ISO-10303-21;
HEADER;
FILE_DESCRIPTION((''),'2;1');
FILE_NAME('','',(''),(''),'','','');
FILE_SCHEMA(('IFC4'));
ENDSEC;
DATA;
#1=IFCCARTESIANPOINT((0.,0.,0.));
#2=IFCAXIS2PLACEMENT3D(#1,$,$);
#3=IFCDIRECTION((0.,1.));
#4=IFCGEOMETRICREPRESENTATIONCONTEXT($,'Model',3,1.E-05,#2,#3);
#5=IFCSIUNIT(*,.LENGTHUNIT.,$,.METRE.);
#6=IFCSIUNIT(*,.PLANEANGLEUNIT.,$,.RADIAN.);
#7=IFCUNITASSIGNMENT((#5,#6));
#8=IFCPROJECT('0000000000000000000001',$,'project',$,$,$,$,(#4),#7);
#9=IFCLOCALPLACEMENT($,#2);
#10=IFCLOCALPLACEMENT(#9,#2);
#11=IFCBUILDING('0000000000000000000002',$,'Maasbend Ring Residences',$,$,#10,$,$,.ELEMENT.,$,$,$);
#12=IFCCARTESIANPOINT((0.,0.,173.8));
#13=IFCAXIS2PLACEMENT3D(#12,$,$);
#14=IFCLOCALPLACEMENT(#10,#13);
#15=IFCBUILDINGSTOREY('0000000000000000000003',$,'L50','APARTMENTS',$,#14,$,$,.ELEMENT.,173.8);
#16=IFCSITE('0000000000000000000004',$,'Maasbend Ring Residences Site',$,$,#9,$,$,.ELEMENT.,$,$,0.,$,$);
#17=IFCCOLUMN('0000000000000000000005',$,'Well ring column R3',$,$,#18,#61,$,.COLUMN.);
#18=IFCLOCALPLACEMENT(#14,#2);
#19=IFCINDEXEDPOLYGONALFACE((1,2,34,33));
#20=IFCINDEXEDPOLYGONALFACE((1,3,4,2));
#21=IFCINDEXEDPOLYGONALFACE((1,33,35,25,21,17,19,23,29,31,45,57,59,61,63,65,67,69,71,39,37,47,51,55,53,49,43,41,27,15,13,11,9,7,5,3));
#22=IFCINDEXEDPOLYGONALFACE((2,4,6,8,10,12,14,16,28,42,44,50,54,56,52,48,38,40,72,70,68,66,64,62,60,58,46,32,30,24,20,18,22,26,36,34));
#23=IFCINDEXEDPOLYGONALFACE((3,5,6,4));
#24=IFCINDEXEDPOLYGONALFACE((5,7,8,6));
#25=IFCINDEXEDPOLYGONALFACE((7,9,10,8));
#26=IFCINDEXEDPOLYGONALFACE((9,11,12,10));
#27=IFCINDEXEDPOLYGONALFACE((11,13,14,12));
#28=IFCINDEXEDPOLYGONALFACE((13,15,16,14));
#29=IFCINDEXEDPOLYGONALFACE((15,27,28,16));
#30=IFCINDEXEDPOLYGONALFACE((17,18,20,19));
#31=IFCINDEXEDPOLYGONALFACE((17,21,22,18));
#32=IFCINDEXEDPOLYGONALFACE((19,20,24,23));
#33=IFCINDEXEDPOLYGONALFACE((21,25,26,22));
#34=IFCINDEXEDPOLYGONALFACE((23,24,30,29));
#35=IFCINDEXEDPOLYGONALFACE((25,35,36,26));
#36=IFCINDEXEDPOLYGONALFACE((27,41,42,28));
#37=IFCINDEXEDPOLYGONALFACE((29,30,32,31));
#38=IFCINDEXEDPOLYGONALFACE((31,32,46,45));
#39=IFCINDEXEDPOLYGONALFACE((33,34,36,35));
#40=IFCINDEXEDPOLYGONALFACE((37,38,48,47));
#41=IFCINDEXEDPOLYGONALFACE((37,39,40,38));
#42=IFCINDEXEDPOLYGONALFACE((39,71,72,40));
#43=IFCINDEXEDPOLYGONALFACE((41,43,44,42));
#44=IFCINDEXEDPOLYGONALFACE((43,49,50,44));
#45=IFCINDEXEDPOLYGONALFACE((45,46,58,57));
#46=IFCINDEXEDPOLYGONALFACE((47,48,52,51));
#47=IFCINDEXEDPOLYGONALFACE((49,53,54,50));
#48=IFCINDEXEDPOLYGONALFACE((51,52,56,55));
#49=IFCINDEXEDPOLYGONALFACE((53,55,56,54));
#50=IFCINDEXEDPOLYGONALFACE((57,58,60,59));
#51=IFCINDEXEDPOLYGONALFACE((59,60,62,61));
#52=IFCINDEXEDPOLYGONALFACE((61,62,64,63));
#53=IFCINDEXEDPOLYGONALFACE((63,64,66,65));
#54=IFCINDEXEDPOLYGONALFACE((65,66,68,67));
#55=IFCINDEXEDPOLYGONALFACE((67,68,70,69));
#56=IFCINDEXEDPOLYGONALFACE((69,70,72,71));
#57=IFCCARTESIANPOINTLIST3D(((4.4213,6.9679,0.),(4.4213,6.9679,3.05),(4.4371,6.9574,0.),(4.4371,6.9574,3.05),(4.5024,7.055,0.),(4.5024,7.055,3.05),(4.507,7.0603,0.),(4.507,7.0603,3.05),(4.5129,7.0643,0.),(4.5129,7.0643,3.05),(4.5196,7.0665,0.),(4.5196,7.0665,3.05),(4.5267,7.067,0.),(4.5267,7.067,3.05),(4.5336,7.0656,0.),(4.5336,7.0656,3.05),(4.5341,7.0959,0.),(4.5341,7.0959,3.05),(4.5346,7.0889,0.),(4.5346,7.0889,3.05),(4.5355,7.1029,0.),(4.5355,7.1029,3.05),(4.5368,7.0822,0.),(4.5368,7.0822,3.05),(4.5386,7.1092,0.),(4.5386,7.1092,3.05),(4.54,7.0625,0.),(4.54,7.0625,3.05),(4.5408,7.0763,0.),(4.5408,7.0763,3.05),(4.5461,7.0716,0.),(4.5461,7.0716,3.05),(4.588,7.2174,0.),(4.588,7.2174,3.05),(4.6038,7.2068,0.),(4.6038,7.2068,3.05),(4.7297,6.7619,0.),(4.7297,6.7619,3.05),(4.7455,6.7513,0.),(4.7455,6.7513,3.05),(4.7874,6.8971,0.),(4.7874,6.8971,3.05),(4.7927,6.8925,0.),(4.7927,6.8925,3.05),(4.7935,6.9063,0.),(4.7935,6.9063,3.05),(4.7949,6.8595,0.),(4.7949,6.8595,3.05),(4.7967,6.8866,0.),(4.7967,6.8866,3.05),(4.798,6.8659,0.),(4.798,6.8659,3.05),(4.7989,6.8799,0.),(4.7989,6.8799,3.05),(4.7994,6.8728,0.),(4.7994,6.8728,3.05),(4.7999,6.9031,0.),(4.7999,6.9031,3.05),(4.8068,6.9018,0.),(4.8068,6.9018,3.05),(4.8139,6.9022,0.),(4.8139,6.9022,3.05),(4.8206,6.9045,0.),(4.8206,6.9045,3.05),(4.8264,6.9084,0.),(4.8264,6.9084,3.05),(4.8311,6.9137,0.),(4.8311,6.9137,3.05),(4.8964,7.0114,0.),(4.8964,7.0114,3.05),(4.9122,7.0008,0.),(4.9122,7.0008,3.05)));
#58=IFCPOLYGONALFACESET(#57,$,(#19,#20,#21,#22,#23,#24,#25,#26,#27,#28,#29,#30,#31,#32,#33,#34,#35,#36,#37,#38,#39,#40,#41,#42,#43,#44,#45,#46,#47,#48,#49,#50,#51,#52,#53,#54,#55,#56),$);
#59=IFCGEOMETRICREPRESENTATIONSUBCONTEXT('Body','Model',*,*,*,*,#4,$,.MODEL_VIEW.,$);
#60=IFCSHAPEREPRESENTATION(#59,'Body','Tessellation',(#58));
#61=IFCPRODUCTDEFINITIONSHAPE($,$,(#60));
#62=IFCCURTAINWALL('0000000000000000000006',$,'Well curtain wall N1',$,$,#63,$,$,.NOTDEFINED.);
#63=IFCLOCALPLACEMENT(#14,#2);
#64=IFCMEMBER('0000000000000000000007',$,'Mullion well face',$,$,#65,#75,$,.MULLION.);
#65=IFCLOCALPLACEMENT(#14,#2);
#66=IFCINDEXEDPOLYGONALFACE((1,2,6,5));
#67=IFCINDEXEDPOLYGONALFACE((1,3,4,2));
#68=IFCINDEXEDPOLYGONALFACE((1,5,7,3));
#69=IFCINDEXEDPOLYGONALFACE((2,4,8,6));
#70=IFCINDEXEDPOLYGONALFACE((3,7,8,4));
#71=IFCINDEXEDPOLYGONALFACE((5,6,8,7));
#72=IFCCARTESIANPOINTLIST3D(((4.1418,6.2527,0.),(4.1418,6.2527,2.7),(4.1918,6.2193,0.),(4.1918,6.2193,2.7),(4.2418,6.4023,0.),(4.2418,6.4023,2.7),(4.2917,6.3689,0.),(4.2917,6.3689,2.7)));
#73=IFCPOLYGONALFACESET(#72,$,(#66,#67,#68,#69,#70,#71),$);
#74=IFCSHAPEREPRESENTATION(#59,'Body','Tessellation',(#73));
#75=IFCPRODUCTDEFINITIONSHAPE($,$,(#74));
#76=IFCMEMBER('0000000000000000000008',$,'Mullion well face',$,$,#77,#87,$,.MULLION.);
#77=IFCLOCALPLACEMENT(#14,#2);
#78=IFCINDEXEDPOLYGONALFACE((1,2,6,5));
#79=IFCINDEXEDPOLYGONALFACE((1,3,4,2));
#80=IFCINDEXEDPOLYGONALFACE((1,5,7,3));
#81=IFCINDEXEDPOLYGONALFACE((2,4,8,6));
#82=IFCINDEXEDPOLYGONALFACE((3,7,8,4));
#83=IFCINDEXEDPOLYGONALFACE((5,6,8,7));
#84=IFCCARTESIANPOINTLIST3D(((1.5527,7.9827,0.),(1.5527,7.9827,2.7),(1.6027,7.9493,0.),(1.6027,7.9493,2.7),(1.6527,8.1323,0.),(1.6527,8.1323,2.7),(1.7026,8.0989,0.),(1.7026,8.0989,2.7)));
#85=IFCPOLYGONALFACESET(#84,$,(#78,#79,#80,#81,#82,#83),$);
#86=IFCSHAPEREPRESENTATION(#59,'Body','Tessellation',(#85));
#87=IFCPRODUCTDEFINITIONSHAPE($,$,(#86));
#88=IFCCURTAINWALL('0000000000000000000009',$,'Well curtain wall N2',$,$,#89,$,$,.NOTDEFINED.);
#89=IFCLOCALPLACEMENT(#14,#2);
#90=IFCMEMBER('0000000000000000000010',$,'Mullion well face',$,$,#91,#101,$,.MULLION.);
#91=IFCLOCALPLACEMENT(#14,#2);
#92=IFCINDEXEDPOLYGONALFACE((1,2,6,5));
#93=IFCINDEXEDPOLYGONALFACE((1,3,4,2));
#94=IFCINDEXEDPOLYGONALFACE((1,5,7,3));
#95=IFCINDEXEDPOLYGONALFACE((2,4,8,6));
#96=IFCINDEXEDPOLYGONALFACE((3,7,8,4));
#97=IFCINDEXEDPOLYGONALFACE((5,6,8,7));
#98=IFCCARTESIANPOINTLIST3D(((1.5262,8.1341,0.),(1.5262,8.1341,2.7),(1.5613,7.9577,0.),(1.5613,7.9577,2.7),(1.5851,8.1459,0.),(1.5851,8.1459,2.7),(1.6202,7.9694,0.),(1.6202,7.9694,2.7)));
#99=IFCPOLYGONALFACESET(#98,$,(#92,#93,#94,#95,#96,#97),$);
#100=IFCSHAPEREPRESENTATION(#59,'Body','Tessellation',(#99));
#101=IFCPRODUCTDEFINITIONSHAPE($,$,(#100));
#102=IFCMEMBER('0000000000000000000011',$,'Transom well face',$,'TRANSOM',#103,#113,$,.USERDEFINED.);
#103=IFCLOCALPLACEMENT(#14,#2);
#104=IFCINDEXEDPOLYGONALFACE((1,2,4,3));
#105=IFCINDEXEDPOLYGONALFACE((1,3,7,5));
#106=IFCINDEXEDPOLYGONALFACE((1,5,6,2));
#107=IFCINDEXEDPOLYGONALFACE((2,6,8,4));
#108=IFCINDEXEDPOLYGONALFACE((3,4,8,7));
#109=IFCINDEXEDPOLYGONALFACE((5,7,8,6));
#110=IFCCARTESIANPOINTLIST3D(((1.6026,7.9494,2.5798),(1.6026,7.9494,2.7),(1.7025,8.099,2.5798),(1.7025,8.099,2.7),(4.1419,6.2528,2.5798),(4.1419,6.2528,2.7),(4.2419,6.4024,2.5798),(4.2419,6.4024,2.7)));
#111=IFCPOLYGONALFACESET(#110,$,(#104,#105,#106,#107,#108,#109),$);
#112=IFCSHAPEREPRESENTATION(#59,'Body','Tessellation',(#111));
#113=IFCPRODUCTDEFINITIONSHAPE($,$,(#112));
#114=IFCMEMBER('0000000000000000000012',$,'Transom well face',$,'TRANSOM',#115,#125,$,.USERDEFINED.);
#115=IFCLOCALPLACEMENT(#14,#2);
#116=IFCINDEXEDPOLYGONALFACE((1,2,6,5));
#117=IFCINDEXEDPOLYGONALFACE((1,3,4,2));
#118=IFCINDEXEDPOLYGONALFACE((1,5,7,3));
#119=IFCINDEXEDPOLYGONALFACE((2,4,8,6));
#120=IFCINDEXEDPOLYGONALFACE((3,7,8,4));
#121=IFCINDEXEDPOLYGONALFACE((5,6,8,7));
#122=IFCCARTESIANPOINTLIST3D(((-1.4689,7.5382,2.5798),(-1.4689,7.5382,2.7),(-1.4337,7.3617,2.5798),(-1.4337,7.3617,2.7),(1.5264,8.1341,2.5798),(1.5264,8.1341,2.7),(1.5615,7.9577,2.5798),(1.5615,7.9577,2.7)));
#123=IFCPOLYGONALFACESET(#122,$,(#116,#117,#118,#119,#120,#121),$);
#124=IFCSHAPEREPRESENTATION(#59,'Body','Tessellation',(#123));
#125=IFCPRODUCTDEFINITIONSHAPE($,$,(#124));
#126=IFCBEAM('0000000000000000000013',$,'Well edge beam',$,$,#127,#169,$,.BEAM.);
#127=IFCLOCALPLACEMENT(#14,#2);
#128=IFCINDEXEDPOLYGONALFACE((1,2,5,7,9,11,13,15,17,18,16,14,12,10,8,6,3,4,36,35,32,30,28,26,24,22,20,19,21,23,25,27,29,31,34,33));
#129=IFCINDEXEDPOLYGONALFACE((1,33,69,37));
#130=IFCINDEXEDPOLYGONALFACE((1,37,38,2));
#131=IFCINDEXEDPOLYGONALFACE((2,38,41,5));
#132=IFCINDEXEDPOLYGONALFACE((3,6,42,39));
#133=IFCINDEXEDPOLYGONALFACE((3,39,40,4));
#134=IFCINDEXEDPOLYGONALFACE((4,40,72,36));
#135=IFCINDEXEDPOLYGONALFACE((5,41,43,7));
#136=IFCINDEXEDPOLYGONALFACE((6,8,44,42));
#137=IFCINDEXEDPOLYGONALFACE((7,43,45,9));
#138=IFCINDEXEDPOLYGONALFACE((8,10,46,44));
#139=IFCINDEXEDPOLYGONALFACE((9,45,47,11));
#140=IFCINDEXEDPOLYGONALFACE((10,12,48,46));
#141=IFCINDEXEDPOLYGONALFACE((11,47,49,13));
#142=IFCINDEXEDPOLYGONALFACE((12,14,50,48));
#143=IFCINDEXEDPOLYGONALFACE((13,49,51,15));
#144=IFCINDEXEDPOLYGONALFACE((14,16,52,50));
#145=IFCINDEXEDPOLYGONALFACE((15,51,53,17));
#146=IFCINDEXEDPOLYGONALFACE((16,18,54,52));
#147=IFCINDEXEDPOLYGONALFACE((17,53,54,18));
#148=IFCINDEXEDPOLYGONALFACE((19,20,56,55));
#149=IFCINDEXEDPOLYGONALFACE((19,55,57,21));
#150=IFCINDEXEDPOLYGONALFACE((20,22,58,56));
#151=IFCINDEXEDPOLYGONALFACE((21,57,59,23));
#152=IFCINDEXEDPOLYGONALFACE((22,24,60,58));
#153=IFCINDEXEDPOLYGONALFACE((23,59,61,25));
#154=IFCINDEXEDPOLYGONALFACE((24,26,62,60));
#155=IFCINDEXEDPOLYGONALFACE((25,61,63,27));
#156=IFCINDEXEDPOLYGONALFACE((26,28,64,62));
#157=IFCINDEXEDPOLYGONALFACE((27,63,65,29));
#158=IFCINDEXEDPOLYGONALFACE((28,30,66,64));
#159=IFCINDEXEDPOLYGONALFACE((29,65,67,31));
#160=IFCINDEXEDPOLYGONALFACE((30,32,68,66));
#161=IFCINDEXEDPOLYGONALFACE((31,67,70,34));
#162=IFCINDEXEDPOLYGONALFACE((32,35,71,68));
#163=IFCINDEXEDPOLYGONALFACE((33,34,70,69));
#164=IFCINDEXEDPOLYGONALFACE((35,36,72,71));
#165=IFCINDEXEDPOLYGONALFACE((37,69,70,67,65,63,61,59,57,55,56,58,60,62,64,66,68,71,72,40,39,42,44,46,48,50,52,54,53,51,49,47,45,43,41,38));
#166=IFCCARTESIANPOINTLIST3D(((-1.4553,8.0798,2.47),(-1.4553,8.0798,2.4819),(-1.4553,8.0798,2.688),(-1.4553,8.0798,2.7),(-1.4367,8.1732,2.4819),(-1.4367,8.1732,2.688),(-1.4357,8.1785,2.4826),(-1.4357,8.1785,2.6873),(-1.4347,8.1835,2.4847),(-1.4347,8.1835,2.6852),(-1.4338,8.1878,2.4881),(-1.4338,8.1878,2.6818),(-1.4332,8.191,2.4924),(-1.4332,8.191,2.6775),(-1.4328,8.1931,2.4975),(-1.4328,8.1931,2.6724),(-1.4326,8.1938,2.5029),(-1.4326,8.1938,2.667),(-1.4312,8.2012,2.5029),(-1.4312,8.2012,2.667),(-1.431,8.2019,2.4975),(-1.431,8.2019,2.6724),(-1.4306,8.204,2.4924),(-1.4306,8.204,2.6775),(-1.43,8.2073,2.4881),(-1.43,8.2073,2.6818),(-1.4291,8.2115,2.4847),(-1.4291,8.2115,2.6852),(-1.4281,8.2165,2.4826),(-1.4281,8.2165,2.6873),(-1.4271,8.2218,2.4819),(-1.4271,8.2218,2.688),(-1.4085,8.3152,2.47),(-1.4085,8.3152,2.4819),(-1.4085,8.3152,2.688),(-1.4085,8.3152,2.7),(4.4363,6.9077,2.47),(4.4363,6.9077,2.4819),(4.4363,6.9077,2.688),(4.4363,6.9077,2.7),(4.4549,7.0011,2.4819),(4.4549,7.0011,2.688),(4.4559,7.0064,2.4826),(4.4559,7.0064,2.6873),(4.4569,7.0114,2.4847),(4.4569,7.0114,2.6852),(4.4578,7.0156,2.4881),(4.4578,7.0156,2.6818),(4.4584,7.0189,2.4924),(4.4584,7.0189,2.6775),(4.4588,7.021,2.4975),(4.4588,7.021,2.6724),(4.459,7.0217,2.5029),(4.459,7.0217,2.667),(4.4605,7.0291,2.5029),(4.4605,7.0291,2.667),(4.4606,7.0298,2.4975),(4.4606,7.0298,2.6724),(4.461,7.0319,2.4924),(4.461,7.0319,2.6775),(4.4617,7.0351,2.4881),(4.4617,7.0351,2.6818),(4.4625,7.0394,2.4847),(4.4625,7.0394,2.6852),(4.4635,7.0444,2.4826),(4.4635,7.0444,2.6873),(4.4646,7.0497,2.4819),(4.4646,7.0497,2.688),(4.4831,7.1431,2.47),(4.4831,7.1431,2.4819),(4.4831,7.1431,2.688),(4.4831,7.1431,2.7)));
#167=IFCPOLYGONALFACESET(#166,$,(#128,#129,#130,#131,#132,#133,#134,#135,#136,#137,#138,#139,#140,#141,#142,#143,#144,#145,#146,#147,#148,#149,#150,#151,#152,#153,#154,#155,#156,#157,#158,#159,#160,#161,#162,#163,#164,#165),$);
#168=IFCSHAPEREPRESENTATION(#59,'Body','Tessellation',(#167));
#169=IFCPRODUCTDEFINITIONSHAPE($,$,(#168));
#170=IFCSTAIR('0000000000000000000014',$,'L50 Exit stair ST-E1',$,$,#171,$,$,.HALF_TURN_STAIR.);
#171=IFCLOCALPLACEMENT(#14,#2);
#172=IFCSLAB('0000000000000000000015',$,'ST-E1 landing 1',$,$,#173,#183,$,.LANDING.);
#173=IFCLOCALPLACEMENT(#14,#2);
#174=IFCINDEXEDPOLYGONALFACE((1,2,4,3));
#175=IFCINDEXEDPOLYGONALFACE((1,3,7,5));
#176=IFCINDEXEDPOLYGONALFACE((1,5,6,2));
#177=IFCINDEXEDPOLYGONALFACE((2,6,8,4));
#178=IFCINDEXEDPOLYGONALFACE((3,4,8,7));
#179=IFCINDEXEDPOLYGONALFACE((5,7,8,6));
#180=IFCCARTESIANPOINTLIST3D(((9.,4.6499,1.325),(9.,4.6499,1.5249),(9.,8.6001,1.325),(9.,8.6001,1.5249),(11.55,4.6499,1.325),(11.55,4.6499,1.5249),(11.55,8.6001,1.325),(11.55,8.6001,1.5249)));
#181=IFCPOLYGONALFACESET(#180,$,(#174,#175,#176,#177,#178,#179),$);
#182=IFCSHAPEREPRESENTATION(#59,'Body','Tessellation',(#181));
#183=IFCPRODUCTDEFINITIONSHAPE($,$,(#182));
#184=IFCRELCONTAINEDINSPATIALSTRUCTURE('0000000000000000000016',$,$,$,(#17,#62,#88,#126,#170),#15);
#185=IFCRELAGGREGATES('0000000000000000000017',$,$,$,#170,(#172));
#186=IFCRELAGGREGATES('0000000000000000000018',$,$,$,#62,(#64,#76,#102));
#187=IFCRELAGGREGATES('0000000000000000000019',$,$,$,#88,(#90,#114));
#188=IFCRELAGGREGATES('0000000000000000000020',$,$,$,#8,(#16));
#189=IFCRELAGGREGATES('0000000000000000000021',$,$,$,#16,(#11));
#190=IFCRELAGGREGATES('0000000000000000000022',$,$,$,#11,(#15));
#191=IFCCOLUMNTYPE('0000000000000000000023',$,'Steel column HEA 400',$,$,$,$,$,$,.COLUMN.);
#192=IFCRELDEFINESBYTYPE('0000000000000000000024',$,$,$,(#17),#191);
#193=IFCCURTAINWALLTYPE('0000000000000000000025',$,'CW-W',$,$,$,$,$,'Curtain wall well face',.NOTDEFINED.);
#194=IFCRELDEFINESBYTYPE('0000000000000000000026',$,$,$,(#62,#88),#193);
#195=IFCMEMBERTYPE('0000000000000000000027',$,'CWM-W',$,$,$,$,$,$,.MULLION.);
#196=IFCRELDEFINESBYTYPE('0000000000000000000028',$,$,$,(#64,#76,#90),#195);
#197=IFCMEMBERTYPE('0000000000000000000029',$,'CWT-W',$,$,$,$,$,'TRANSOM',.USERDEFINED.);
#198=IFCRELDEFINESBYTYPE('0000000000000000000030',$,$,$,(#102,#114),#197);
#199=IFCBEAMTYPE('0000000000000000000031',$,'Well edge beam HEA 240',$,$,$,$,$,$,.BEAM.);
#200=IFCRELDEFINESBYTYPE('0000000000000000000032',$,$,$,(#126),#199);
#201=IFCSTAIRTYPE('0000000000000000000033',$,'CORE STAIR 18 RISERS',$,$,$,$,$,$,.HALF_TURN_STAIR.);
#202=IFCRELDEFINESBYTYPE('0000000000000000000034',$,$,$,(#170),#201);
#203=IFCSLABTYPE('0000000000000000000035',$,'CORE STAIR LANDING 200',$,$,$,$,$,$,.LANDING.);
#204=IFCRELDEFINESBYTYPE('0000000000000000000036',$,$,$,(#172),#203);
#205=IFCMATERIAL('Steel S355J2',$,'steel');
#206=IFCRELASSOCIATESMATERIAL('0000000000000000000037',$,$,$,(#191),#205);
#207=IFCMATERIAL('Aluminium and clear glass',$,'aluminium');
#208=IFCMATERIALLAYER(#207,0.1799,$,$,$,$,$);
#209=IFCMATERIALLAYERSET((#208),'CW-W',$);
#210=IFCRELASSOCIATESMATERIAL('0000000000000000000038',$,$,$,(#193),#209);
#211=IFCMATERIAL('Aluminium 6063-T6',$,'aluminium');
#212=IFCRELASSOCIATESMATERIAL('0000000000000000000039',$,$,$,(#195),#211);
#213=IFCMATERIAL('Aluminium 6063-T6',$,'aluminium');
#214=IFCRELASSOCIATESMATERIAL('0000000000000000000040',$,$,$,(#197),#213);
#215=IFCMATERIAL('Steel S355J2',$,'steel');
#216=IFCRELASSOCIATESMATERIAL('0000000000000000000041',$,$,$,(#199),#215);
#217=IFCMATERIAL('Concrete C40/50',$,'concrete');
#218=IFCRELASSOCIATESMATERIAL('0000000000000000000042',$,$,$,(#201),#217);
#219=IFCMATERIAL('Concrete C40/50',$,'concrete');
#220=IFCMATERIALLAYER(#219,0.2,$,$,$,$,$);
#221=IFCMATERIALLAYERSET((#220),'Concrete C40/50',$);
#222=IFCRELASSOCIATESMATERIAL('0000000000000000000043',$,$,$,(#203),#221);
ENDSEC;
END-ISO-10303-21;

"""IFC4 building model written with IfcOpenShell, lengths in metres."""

from ifc_helpers import new_model, si_unit, direction, frame, origin, origin_2d, place, context, subcontext, project, spatial, polyline, rectangle, i_section, outline, extrude, material, layer, layer_set, material_profile, profile_set, type_object, element, aggregate, save


model = new_model("IFC4")

# Units and contexts
model_context = context("Model", 3, precision=1e-05, world=origin(), true_north=direction((0.0, 1.0)))
body_context = subcontext(model_context, "Body", "Model", "MODEL_VIEW")
ifc_project = project(units=[si_unit("LENGTHUNIT", "METRE"), si_unit("PLANEANGLEUNIT", "RADIAN")], contexts=[model_context])

# Site, building, storey
site_placement = place(None, origin())
site = spatial("IfcSite", under=ifc_project, at=site_placement, Name="Maasbend Ring Residences Site", CompositionType="ELEMENT", RefElevation=0.0)
building_placement = place(site_placement, origin())
building = spatial("IfcBuilding", under=site, at=building_placement, Name="Maasbend Ring Residences", CompositionType="ELEMENT")
storey_placement = place(building_placement, frame((0.0, 0.0, 173.8)))
storey = spatial("IfcBuildingStorey", under=building, at=storey_placement, Name="L50", Description="APARTMENTS", CompositionType="ELEMENT", Elevation=173.8)

# Column
ifc_material_1 = material(Name="Steel S355J2", Category="steel")
ifc_material_profile_1 = material_profile(ifc_material_1, i_section(OverallWidth=0.3, OverallDepth=0.3899, WebThickness=0.011, FlangeThickness=0.019, FilletRadius=0.0271, at=origin_2d()), Name="HEA 400")
ifc_profile_set_1 = profile_set([ifc_material_profile_1], Name="Steel S355J2")
column_type = type_object("IfcColumnType", Name="Steel column HEA 400", PredefinedType="COLUMN", material=ifc_profile_set_1)
column_placement = place(storey_placement, frame((4.6667, 6.9844, 0.0), z_axis=(0.0, 0.0, 1.0), x_axis=(0.55557, 0.83147, 0.0)))
element("IfcColumn", 1, at=column_placement, inside=storey, type_object=column_type, Name="Well ring column R3", PredefinedType="COLUMN", context=body_context, shape_type="SweptSolid", body=[
    extrude(i_section(OverallWidth=0.3, OverallDepth=0.3899, WebThickness=0.011, FlangeThickness=0.019, FilletRadius=0.0271, at=origin_2d()), origin(), (0.0, 0.0, 1.0), 3.05),
])

# Curtain wall, members
ifc_material_2 = material(Name="Aluminium and clear glass", Category="aluminium")
ifc_layer_1 = layer(ifc_material_2, 0.1799)
ifc_layer_set_1 = layer_set([ifc_layer_1], Name="CW-W")
curtain_wall_type = type_object("IfcCurtainWallType", Name="CW-W", ElementType="Curtain wall well face", PredefinedType="NOTDEFINED", material=ifc_layer_set_1)
curtain_wall_1_placement = place(storey_placement, origin())
curtain_wall_1 = element("IfcCurtainWall", 2, at=curtain_wall_1_placement, inside=storey, type_object=curtain_wall_type, Name="Well curtain wall N1", PredefinedType="NOTDEFINED")
ifc_material_3 = material(Name="Aluminium 6063-T6", Category="aluminium")
ifc_material_profile_2 = material_profile(ifc_material_3, rectangle(XDim=0.1799, YDim=0.0601, at=origin_2d()), Name="AL 180x60")
ifc_profile_set_2 = profile_set([ifc_material_profile_2], Name="Aluminium 6063-T6")
member_type_1 = type_object("IfcMemberType", Name="CWM-W", PredefinedType="MULLION", material=ifc_profile_set_2)
member_1_placement = place(storey_placement, frame((4.2168, 6.3108, 0.0), z_axis=(0.0, 0.0, 1.0), x_axis=(-0.55557, -0.83147, 0.0)))
member_1 = element("IfcMember", 3, at=member_1_placement, type_object=member_type_1, Name="Mullion well face", PredefinedType="MULLION", context=body_context, shape_type="SweptSolid", body=[
    extrude(rectangle(XDim=0.1799, YDim=0.0601, at=origin_2d()), origin(), (0.0, 0.0, 1.0), 2.7),
])
member_2_placement = place(storey_placement, frame((1.6277, 8.0408, 0.0), z_axis=(0.0, 0.0, 1.0), x_axis=(-0.55557, -0.83147, 0.0)))
member_2 = element("IfcMember", 4, at=member_2_placement, type_object=member_type_1, Name="Mullion well face", PredefinedType="MULLION", context=body_context, shape_type="SweptSolid", body=[
    extrude(rectangle(XDim=0.1799, YDim=0.0601, at=origin_2d()), origin(), (0.0, 0.0, 1.0), 2.7),
])

# Curtain wall, member
curtain_wall_2_placement = place(storey_placement, origin())
curtain_wall_2 = element("IfcCurtainWall", 5, at=curtain_wall_2_placement, inside=storey, type_object=curtain_wall_type, Name="Well curtain wall N2", PredefinedType="NOTDEFINED")
member_3_placement = place(storey_placement, frame((1.5732, 8.0518, 0.0), z_axis=(0.0, 0.0, 1.0), x_axis=(0.19509, -0.980785, 0.0)))
member_3 = element("IfcMember", 6, at=member_3_placement, type_object=member_type_1, Name="Mullion well face", PredefinedType="MULLION", context=body_context, shape_type="SweptSolid", body=[
    extrude(rectangle(XDim=0.1799, YDim=0.0601, at=origin_2d()), origin(), (0.0, 0.0, 1.0), 2.7),
])

# Members
ifc_material_4 = material(Name="Aluminium 6063-T6", Category="aluminium")
ifc_material_profile_3 = material_profile(ifc_material_4, rectangle(XDim=0.1799, YDim=0.1201, at=origin_2d()), Name="AL 180x120")
ifc_profile_set_3 = profile_set([ifc_material_profile_3], Name="Aluminium 6063-T6")
member_type_2 = type_object("IfcMemberType", Name="CWT-W", ElementType="TRANSOM", PredefinedType="USERDEFINED", material=ifc_profile_set_3)
member_4_placement = place(storey_placement, frame((4.1919, 6.3276, 2.6399), z_axis=(-0.831496, 0.55553, 0.0), x_axis=(-0.55553, -0.831496, 0.0)))
member_4 = element("IfcMember", 7, at=member_4_placement, type_object=member_type_2, Name="Transom well face", ObjectType="TRANSOM", PredefinedType="USERDEFINED", context=body_context, shape_type="SweptSolid", body=[
    extrude(rectangle(XDim=0.1799, YDim=0.1201, at=origin_2d()), origin(), (0.0, 0.0, 1.0), 3.054),
])
member_5_placement = place(storey_placement, frame((1.5439, 8.0459, 2.6399), z_axis=(-0.980777, -0.195132, 0.0), x_axis=(0.195132, -0.980777, 0.0)))
member_5 = element("IfcMember", 8, at=member_5_placement, type_object=member_type_2, Name="Transom well face", ObjectType="TRANSOM", PredefinedType="USERDEFINED", context=body_context, shape_type="SweptSolid", body=[
    extrude(rectangle(XDim=0.1799, YDim=0.1201, at=origin_2d()), origin(), (0.0, 0.0, 1.0), 3.054),
])

# Beam
ifc_material_5 = material(Name="Steel S355J2", Category="steel")
ifc_material_profile_4 = material_profile(ifc_material_5, i_section(OverallWidth=0.24, OverallDepth=0.23, WebThickness=0.0076, FlangeThickness=0.012, FilletRadius=0.021, at=origin_2d()), Name="HEA 240")
ifc_profile_set_4 = profile_set([ifc_material_profile_4], Name="Steel S355J2")
beam_type = type_object("IfcBeamType", Name="Well edge beam HEA 240", PredefinedType="BEAM", material=ifc_profile_set_4)
beam_placement = place(storey_placement, frame((4.4597, 7.0254, 2.585), z_axis=(-0.980779, 0.195123, 0.0), x_axis=(-0.195123, -0.980779, 0.0)))
element("IfcBeam", 9, at=beam_placement, inside=storey, type_object=beam_type, Name="Well edge beam", PredefinedType="BEAM", context=body_context, shape_type="SweptSolid", body=[
    extrude(i_section(OverallWidth=0.24, OverallDepth=0.23, WebThickness=0.0076, FlangeThickness=0.012, FilletRadius=0.021, at=origin_2d()), origin(), (0.0, 0.0, 1.0), 6.0071),
])

# Stair, slab
ifc_material_6 = material(Name="Concrete C40/50", Category="concrete")
stair_type = type_object("IfcStairType", Name="CORE STAIR 18 RISERS", PredefinedType="HALF_TURN_STAIR", material=ifc_material_6)
stair_1_placement = place(storey_placement, origin())
stair_1 = element("IfcStair", 10, at=stair_1_placement, inside=storey, type_object=stair_type, Name="L50 Exit stair ST-E1", PredefinedType="HALF_TURN_STAIR")
ifc_material_7 = material(Name="Concrete C40/50", Category="concrete")
ifc_layer_2 = layer(ifc_material_7, 0.2)
ifc_layer_set_2 = layer_set([ifc_layer_2], Name="Concrete C40/50")
slab_type = type_object("IfcSlabType", Name="CORE STAIR LANDING 200", PredefinedType="LANDING", material=ifc_layer_set_2)
slab_1_placement = place(storey_placement, frame((0.0, 0.0, 1.325)))
slab_1 = element("IfcSlab", 11, at=slab_1_placement, type_object=slab_type, Name="ST-E1 landing 1", PredefinedType="LANDING", context=body_context, shape_type="SweptSolid", body=[
    extrude(outline(polyline([(11.55, 8.6001), (9.0, 8.6001), (9.0, 4.6499), (11.55, 4.6499), (11.55, 8.6001)])), origin(), (0.0, 0.0, 1.0), 0.2),
])
aggregate(stair_1, [slab_1])

aggregate(curtain_wall_1, [member_1, member_2, member_4])
aggregate(curtain_wall_2, [member_3, member_5])

save(model, "model.ifc")
